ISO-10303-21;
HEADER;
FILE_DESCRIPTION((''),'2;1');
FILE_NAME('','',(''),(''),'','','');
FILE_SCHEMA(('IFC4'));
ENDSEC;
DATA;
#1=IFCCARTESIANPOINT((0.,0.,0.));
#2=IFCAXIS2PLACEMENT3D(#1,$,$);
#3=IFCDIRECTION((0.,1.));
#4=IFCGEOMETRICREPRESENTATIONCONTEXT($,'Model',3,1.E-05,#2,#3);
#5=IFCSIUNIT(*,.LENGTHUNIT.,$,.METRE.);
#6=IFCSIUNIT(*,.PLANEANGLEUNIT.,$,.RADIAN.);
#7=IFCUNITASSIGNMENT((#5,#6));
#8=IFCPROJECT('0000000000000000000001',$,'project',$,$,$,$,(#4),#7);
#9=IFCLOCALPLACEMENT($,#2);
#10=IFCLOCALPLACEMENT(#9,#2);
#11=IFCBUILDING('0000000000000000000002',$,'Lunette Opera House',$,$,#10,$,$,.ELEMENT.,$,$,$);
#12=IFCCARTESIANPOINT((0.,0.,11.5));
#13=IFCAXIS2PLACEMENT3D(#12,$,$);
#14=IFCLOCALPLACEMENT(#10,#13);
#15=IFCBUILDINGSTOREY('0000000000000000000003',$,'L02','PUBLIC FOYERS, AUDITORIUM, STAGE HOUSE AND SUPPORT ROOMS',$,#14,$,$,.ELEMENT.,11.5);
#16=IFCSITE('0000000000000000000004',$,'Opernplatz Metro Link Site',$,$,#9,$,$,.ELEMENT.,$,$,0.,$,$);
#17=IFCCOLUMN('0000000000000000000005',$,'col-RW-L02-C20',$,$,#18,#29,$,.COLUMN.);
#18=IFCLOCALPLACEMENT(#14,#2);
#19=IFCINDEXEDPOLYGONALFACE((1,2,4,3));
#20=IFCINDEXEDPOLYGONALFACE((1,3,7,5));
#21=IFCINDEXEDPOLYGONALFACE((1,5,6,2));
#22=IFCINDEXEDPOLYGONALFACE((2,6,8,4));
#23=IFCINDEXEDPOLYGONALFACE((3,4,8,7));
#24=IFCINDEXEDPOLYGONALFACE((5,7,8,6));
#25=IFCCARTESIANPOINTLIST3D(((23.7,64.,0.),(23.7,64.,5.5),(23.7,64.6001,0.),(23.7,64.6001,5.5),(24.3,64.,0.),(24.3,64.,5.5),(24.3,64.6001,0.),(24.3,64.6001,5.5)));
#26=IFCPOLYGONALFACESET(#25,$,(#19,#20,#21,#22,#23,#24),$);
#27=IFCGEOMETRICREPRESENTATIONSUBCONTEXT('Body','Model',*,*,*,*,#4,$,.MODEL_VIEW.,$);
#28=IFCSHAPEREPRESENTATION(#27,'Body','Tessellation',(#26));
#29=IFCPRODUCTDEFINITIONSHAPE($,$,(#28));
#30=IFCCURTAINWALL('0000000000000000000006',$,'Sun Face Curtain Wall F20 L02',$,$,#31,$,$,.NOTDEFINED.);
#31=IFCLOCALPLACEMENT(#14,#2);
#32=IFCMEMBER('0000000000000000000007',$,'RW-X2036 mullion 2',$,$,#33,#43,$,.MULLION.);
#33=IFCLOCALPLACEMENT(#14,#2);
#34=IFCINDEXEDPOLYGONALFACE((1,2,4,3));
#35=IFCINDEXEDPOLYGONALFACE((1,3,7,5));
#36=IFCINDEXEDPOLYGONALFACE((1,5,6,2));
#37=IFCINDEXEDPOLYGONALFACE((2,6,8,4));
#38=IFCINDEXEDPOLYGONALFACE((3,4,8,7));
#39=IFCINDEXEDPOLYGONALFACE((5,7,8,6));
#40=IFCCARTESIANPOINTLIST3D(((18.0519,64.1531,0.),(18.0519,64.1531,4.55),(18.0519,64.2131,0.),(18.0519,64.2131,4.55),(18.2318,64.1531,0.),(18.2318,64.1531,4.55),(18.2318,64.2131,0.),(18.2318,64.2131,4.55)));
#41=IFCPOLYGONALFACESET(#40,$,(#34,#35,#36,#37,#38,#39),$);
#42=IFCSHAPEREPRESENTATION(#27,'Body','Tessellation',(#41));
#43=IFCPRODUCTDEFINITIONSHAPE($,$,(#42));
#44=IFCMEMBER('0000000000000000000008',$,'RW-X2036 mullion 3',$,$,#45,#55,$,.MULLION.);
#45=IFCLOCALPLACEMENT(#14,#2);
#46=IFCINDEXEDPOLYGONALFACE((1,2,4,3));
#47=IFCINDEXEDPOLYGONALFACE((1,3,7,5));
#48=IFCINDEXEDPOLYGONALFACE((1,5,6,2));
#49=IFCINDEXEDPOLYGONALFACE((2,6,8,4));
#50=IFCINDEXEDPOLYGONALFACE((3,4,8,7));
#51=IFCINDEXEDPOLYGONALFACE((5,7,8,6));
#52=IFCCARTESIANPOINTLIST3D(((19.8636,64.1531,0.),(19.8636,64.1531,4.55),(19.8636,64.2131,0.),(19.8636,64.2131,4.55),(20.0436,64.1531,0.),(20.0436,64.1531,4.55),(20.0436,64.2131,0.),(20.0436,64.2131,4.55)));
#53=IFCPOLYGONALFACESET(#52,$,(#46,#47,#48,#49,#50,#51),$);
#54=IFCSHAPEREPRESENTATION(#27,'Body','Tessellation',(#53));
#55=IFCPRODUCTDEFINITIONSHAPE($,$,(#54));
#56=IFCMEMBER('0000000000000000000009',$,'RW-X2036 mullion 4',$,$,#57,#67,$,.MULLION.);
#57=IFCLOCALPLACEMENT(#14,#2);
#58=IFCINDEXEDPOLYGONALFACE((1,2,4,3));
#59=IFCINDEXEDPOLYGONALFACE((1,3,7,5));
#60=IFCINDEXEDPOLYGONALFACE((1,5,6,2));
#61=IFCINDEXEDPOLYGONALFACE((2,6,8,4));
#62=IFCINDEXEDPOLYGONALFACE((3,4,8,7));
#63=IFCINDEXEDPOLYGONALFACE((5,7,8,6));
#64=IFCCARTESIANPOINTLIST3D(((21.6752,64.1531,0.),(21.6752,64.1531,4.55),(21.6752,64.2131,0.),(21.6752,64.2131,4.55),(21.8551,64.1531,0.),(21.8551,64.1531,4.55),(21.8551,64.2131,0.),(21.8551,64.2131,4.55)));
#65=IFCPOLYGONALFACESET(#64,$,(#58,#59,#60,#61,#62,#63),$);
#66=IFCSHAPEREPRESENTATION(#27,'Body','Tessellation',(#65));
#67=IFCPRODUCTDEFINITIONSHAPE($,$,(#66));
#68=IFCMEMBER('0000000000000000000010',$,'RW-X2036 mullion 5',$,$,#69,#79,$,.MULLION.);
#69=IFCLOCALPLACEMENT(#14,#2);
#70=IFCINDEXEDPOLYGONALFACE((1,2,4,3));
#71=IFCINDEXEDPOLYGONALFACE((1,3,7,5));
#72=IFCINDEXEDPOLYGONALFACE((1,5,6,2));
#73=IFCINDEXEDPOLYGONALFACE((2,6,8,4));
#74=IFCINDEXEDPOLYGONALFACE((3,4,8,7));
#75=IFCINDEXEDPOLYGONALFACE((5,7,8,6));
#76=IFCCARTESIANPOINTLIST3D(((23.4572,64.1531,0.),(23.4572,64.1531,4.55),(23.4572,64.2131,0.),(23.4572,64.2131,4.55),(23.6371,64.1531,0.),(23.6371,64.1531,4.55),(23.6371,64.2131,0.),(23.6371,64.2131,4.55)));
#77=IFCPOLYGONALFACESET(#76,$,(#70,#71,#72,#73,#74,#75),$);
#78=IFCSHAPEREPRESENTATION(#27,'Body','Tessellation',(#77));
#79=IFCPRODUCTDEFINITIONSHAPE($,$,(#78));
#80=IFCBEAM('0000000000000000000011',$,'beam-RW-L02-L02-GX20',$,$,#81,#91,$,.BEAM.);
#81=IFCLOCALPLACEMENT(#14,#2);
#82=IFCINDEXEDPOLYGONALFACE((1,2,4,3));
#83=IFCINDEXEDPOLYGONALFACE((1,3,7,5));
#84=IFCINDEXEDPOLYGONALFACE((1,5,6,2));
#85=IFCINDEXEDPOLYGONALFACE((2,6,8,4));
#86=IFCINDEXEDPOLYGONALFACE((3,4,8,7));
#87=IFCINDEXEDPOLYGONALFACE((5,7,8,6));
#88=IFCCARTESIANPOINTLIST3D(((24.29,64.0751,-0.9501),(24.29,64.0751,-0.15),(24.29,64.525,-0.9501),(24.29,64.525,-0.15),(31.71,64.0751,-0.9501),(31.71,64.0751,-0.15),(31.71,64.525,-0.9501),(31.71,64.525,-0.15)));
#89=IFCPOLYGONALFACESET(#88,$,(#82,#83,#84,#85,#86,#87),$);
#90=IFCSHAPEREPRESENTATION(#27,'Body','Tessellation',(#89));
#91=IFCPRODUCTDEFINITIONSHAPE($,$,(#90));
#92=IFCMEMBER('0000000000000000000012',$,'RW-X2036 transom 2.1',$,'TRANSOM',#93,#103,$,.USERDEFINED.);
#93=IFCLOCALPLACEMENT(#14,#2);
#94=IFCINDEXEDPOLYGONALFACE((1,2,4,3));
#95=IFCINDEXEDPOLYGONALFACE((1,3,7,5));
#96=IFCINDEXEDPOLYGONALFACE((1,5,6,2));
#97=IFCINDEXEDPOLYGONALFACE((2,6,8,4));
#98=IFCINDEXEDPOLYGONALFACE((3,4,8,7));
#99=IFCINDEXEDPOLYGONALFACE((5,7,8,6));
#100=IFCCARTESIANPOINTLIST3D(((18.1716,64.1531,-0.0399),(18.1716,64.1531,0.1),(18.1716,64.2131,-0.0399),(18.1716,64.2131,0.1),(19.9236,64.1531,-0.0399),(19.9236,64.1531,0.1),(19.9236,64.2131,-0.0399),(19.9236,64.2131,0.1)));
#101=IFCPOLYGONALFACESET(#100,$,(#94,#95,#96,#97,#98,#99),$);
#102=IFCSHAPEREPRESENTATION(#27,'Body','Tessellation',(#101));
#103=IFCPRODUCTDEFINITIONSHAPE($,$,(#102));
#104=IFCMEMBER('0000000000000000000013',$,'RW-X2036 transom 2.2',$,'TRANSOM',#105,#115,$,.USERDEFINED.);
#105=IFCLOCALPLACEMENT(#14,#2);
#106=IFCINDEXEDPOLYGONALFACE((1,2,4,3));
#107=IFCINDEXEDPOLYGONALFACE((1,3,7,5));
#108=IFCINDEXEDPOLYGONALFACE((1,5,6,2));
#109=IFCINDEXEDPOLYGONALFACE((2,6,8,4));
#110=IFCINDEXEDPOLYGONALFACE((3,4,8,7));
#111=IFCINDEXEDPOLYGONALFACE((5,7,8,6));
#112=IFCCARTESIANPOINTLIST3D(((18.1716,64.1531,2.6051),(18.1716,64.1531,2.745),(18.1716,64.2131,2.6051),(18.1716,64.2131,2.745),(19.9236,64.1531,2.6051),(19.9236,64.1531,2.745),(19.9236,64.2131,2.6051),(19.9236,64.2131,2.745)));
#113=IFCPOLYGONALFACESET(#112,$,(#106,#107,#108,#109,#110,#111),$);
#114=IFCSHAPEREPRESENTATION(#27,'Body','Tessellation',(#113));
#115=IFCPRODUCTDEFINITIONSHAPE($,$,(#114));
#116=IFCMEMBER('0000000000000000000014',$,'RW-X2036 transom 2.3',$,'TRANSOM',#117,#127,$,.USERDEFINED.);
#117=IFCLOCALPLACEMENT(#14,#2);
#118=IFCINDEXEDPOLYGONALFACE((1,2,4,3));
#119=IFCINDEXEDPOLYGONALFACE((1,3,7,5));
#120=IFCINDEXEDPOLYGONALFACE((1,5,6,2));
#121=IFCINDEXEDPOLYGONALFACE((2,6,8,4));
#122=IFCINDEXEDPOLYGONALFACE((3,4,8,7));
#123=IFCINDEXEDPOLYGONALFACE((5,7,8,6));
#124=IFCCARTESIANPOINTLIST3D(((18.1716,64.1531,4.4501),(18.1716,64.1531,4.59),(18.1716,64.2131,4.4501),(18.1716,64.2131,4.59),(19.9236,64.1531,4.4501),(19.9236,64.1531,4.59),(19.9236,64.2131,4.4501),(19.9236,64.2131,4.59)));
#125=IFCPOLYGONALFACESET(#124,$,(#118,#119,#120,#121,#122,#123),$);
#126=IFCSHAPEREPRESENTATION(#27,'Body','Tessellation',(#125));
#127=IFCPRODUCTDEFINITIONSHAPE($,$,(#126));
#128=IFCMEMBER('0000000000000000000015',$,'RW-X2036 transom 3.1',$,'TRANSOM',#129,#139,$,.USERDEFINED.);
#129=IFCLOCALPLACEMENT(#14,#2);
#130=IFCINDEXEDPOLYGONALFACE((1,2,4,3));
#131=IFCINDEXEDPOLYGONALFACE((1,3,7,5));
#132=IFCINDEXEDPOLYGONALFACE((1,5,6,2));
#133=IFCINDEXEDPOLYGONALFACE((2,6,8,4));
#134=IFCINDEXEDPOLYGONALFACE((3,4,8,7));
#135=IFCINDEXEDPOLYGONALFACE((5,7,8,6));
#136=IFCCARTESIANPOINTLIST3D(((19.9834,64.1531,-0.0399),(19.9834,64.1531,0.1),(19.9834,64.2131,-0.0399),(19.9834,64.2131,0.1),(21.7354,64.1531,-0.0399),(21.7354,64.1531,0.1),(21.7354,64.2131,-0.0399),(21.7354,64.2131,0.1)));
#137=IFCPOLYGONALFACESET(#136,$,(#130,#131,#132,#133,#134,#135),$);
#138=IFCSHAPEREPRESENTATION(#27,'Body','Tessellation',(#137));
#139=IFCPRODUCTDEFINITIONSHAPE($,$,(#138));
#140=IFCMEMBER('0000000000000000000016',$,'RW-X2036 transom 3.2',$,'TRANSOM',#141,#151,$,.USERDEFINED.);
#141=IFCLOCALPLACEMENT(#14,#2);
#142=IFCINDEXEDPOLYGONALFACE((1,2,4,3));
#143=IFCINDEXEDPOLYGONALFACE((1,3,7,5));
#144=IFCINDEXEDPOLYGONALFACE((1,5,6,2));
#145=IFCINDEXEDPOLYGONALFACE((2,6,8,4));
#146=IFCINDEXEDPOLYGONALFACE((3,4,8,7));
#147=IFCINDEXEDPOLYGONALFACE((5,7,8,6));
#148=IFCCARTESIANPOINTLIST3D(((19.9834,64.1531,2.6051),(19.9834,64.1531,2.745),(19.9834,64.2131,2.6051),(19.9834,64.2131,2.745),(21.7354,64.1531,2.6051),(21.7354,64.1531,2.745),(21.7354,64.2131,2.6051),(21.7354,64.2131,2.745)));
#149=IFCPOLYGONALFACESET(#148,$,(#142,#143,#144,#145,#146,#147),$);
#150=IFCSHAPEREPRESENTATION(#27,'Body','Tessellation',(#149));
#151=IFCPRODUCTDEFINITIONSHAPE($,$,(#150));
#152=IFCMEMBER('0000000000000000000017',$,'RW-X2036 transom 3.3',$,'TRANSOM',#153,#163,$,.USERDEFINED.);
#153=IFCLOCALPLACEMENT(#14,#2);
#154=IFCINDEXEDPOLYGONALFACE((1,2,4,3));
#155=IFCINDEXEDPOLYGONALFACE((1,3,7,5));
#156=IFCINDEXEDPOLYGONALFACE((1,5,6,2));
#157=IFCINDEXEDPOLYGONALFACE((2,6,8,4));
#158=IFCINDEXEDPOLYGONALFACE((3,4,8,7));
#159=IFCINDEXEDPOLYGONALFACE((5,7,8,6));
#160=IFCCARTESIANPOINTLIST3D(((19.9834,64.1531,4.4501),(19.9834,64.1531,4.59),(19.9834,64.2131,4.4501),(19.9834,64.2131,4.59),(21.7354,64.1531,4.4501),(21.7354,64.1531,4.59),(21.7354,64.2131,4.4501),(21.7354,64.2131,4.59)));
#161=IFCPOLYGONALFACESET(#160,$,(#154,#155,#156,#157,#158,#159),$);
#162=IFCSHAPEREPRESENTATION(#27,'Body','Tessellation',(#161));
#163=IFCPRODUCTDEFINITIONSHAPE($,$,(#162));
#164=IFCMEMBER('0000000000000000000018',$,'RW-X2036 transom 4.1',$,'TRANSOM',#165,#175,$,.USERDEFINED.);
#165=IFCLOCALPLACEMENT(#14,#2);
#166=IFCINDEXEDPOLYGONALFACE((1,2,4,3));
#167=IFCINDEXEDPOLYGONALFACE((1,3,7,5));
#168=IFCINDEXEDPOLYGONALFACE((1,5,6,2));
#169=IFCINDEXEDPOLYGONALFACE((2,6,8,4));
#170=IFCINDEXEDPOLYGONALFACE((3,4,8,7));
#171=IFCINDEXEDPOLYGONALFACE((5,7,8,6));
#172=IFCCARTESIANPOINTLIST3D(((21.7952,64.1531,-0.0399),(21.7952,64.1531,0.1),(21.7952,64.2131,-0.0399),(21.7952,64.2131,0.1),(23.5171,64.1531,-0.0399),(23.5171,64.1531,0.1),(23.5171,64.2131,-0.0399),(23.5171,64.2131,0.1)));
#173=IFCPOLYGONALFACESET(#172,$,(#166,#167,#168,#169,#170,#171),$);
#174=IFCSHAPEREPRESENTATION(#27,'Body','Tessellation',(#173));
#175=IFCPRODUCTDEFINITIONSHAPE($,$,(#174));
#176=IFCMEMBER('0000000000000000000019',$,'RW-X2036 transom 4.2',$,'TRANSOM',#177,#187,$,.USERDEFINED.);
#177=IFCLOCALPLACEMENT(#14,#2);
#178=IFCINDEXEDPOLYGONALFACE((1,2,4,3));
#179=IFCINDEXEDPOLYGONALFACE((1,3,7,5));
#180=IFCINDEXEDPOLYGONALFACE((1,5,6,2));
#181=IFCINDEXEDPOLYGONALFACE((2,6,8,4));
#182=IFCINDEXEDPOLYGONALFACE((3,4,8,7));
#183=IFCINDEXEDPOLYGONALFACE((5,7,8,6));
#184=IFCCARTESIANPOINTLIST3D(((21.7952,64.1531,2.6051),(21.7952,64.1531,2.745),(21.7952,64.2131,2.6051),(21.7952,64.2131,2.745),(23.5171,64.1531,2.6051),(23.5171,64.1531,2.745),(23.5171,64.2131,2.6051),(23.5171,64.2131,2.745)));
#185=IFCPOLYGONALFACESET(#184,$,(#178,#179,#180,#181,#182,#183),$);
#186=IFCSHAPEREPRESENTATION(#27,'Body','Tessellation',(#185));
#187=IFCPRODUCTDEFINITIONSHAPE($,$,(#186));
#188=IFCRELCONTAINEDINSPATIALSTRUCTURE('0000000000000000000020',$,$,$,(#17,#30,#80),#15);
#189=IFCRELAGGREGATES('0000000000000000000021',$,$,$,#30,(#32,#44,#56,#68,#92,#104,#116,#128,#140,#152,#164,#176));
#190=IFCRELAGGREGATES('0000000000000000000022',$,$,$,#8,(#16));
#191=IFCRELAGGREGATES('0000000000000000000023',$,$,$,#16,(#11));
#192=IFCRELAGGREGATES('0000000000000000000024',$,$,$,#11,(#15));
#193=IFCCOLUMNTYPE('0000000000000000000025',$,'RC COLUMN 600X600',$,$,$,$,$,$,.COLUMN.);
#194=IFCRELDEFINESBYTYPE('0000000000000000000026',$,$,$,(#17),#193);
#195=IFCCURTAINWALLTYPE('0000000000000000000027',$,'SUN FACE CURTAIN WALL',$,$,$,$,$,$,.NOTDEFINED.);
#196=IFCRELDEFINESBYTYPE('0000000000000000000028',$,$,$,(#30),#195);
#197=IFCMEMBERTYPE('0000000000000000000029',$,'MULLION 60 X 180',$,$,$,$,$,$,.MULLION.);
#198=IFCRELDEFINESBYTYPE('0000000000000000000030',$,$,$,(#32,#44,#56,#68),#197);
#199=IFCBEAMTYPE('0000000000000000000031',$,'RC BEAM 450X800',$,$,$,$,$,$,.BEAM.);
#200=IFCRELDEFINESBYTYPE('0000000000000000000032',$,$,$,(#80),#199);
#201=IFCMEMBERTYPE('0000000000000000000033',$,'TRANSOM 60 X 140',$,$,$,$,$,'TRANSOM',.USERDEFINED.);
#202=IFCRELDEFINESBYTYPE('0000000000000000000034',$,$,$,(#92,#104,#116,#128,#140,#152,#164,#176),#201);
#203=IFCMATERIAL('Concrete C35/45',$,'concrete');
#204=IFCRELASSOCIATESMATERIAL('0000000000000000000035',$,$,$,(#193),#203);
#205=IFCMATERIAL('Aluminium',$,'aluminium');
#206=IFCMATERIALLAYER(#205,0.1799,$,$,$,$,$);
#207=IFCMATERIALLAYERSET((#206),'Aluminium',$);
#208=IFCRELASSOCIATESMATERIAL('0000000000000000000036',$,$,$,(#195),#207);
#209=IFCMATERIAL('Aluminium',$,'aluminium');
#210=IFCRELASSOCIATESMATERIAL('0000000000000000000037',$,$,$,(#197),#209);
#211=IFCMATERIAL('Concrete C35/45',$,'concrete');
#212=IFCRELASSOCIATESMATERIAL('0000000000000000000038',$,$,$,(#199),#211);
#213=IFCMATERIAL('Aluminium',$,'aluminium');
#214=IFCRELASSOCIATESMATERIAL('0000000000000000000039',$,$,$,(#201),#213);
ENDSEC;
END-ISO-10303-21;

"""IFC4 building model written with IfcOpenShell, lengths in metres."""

from ifc_helpers import new_model, si_unit, direction, frame, origin, origin_2d, place, context, subcontext, project, spatial, rectangle, extrude, material, layer, layer_set, material_profile, profile_set, type_object, element, aggregate, save


model = new_model("IFC4")

# Units and contexts
model_context = context("Model", 3, precision=1e-05, world=origin(), true_north=direction((0.0, 1.0)))
body_context = subcontext(model_context, "Body", "Model", "MODEL_VIEW")
ifc_project = project(units=[si_unit("LENGTHUNIT", "METRE"), si_unit("PLANEANGLEUNIT", "RADIAN")], contexts=[model_context])

# Site, building, storey
site_placement = place(None, origin())
site = spatial("IfcSite", under=ifc_project, at=site_placement, Name="Opernplatz Metro Link Site", CompositionType="ELEMENT", RefElevation=0.0)
building_placement = place(site_placement, origin())
building = spatial("IfcBuilding", under=site, at=building_placement, Name="Lunette Opera House", CompositionType="ELEMENT")
storey_placement = place(building_placement, frame((0.0, 0.0, 11.5)))
storey = spatial("IfcBuildingStorey", under=building, at=storey_placement, Name="L02", Description="PUBLIC FOYERS, AUDITORIUM, STAGE HOUSE AND SUPPORT ROOMS", CompositionType="ELEMENT", Elevation=11.5)

# Column
ifc_material_1 = material(Name="Concrete C35/45", Category="concrete")
ifc_material_profile_1 = material_profile(ifc_material_1, rectangle(XDim=0.6001, YDim=0.6001, at=origin_2d()), Name="RC COLUMN 600X600")
ifc_profile_set_1 = profile_set([ifc_material_profile_1], Name="Concrete C35/45")
column_type = type_object("IfcColumnType", Name="RC COLUMN 600X600", PredefinedType="COLUMN", material=ifc_profile_set_1)
column_placement = place(storey_placement, frame((24.0, 64.3, 0.0), z_axis=(0.0, 0.0, 1.0), x_axis=(1.0, 0.0, 0.0)))
element("IfcColumn", 1, at=column_placement, inside=storey, type_object=column_type, Name="col-RW-L02-C20", PredefinedType="COLUMN", context=body_context, shape_type="SweptSolid", body=[
    extrude(rectangle(XDim=0.6001, YDim=0.6001, at=origin_2d()), origin(), (0.0, 0.0, 1.0), 5.5),
])

# Curtain wall, members
ifc_material_2 = material(Name="Aluminium", Category="aluminium")
ifc_layer_1 = layer(ifc_material_2, 0.1799)
ifc_layer_set_1 = layer_set([ifc_layer_1], Name="Aluminium")
curtain_wall_type = type_object("IfcCurtainWallType", Name="SUN FACE CURTAIN WALL", PredefinedType="NOTDEFINED", material=ifc_layer_set_1)
curtain_wall_placement = place(storey_placement, origin())
curtain_wall = element("IfcCurtainWall", 2, at=curtain_wall_placement, inside=storey, type_object=curtain_wall_type, Name="Sun Face Curtain Wall F20 L02", PredefinedType="NOTDEFINED")
ifc_material_3 = material(Name="Aluminium", Category="aluminium")
ifc_material_profile_2 = material_profile(ifc_material_3, rectangle(XDim=0.0601, YDim=0.1799, at=origin_2d()), Name="MULLION 60 X 180")
ifc_profile_set_2 = profile_set([ifc_material_profile_2], Name="Aluminium")
member_type_1 = type_object("IfcMemberType", Name="MULLION 60 X 180", PredefinedType="MULLION", material=ifc_profile_set_2)
member_1_placement = place(storey_placement, frame((18.1418, 64.1831, 0.0), z_axis=(0.0, 0.0, 1.0), x_axis=(0.0, 1.0, 0.0)))
member_1 = element("IfcMember", 3, at=member_1_placement, type_object=member_type_1, Name="RW-X2036 mullion 2", PredefinedType="MULLION", context=body_context, shape_type="SweptSolid", body=[
    extrude(rectangle(XDim=0.0601, YDim=0.1799, at=origin_2d()), origin(), (0.0, 0.0, 1.0), 4.55),
])
member_2_placement = place(storey_placement, frame((19.9536, 64.1831, 0.0), z_axis=(0.0, 0.0, 1.0), x_axis=(0.0, 1.0, 0.0)))
member_2 = element("IfcMember", 4, at=member_2_placement, type_object=member_type_1, Name="RW-X2036 mullion 3", PredefinedType="MULLION", context=body_context, shape_type="SweptSolid", body=[
    extrude(rectangle(XDim=0.0601, YDim=0.1799, at=origin_2d()), origin(), (0.0, 0.0, 1.0), 4.55),
])
member_3_placement = place(storey_placement, frame((21.7651, 64.1831, 0.0), z_axis=(0.0, 0.0, 1.0), x_axis=(0.0, 1.0, 0.0)))
member_3 = element("IfcMember", 5, at=member_3_placement, type_object=member_type_1, Name="RW-X2036 mullion 4", PredefinedType="MULLION", context=body_context, shape_type="SweptSolid", body=[
    extrude(rectangle(XDim=0.0601, YDim=0.1799, at=origin_2d()), origin(), (0.0, 0.0, 1.0), 4.55),
])
member_4_placement = place(storey_placement, frame((23.5471, 64.1831, 0.0), z_axis=(0.0, 0.0, 1.0), x_axis=(0.0, 1.0, 0.0)))
member_4 = element("IfcMember", 6, at=member_4_placement, type_object=member_type_1, Name="RW-X2036 mullion 5", PredefinedType="MULLION", context=body_context, shape_type="SweptSolid", body=[
    extrude(rectangle(XDim=0.0601, YDim=0.1799, at=origin_2d()), origin(), (0.0, 0.0, 1.0), 4.55),
])

# Beam
ifc_material_4 = material(Name="Concrete C35/45", Category="concrete")
ifc_material_profile_3 = material_profile(ifc_material_4, rectangle(XDim=0.45, YDim=0.8, at=origin_2d()), Name="RC BEAM 450X800")
ifc_profile_set_3 = profile_set([ifc_material_profile_3], Name="Concrete C35/45")
beam_type = type_object("IfcBeamType", Name="RC BEAM 450X800", PredefinedType="BEAM", material=ifc_profile_set_3)
beam_placement = place(storey_placement, frame((24.29, 64.3, -0.55), z_axis=(1.0, 0.0, 0.0), x_axis=(0.0, 1.0, 0.0)))
element("IfcBeam", 7, at=beam_placement, inside=storey, type_object=beam_type, Name="beam-RW-L02-L02-GX20", PredefinedType="BEAM", context=body_context, shape_type="SweptSolid", body=[
    extrude(rectangle(XDim=0.45, YDim=0.8, at=origin_2d()), origin(), (0.0, 0.0, 1.0), 7.4199),
])

# Members
ifc_material_5 = material(Name="Aluminium", Category="aluminium")
ifc_material_profile_4 = material_profile(ifc_material_5, rectangle(XDim=0.0601, YDim=0.1399, at=origin_2d()), Name="TRANSOM 60 X 140")
ifc_profile_set_4 = profile_set([ifc_material_profile_4], Name="Aluminium")
member_type_2 = type_object("IfcMemberType", Name="TRANSOM 60 X 140", ElementType="TRANSOM", PredefinedType="USERDEFINED", material=ifc_profile_set_4)
member_5_placement = place(storey_placement, frame((18.1716, 64.1831, 0.03), z_axis=(1.0, 0.0, 0.0), x_axis=(0.0, 1.0, 0.0)))
member_5 = element("IfcMember", 8, at=member_5_placement, type_object=member_type_2, Name="RW-X2036 transom 2.1", ObjectType="TRANSOM", PredefinedType="USERDEFINED", context=body_context, shape_type="SweptSolid", body=[
    extrude(rectangle(XDim=0.0601, YDim=0.1399, at=origin_2d()), origin(), (0.0, 0.0, 1.0), 1.752),
])
member_6_placement = place(storey_placement, frame((18.1716, 64.1831, 2.675), z_axis=(1.0, 0.0, 0.0), x_axis=(0.0, 1.0, 0.0)))
member_6 = element("IfcMember", 9, at=member_6_placement, type_object=member_type_2, Name="RW-X2036 transom 2.2", ObjectType="TRANSOM", PredefinedType="USERDEFINED", context=body_context, shape_type="SweptSolid", body=[
    extrude(rectangle(XDim=0.0601, YDim=0.1399, at=origin_2d()), origin(), (0.0, 0.0, 1.0), 1.752),
])
member_7_placement = place(storey_placement, frame((18.1716, 64.1831, 4.52), z_axis=(1.0, 0.0, 0.0), x_axis=(0.0, 1.0, 0.0)))
member_7 = element("IfcMember", 10, at=member_7_placement, type_object=member_type_2, Name="RW-X2036 transom 2.3", ObjectType="TRANSOM", PredefinedType="USERDEFINED", context=body_context, shape_type="SweptSolid", body=[
    extrude(rectangle(XDim=0.0601, YDim=0.1399, at=origin_2d()), origin(), (0.0, 0.0, 1.0), 1.752),
])
member_8_placement = place(storey_placement, frame((19.9834, 64.1831, 0.03), z_axis=(1.0, 0.0, 0.0), x_axis=(0.0, 1.0, 0.0)))
member_8 = element("IfcMember", 11, at=member_8_placement, type_object=member_type_2, Name="RW-X2036 transom 3.1", ObjectType="TRANSOM", PredefinedType="USERDEFINED", context=body_context, shape_type="SweptSolid", body=[
    extrude(rectangle(XDim=0.0601, YDim=0.1399, at=origin_2d()), origin(), (0.0, 0.0, 1.0), 1.752),
])
member_9_placement = place(storey_placement, frame((19.9834, 64.1831, 2.675), z_axis=(1.0, 0.0, 0.0), x_axis=(0.0, 1.0, 0.0)))
member_9 = element("IfcMember", 12, at=member_9_placement, type_object=member_type_2, Name="RW-X2036 transom 3.2", ObjectType="TRANSOM", PredefinedType="USERDEFINED", context=body_context, shape_type="SweptSolid", body=[
    extrude(rectangle(XDim=0.0601, YDim=0.1399, at=origin_2d()), origin(), (0.0, 0.0, 1.0), 1.752),
])
member_10_placement = place(storey_placement, frame((19.9834, 64.1831, 4.52), z_axis=(1.0, 0.0, 0.0), x_axis=(0.0, 1.0, 0.0)))
member_10 = element("IfcMember", 13, at=member_10_placement, type_object=member_type_2, Name="RW-X2036 transom 3.3", ObjectType="TRANSOM", PredefinedType="USERDEFINED", context=body_context, shape_type="SweptSolid", body=[
    extrude(rectangle(XDim=0.0601, YDim=0.1399, at=origin_2d()), origin(), (0.0, 0.0, 1.0), 1.752),
])
member_11_placement = place(storey_placement, frame((21.7952, 64.1831, 0.03), z_axis=(1.0, 0.0, 0.0), x_axis=(0.0, 1.0, 0.0)))
member_11 = element("IfcMember", 14, at=member_11_placement, type_object=member_type_2, Name="RW-X2036 transom 4.1", ObjectType="TRANSOM", PredefinedType="USERDEFINED", context=body_context, shape_type="SweptSolid", body=[
    extrude(rectangle(XDim=0.0601, YDim=0.1399, at=origin_2d()), origin(), (0.0, 0.0, 1.0), 1.7219),
])
member_12_placement = place(storey_placement, frame((21.7952, 64.1831, 2.675), z_axis=(1.0, 0.0, 0.0), x_axis=(0.0, 1.0, 0.0)))
member_12 = element("IfcMember", 15, at=member_12_placement, type_object=member_type_2, Name="RW-X2036 transom 4.2", ObjectType="TRANSOM", PredefinedType="USERDEFINED", context=body_context, shape_type="SweptSolid", body=[
    extrude(rectangle(XDim=0.0601, YDim=0.1399, at=origin_2d()), origin(), (0.0, 0.0, 1.0), 1.7219),
])

aggregate(curtain_wall, [member_1, member_2, member_3, member_4, member_5, member_6, member_7, member_8, member_9, member_10, member_11, member_12])

save(model, "model.ifc")
